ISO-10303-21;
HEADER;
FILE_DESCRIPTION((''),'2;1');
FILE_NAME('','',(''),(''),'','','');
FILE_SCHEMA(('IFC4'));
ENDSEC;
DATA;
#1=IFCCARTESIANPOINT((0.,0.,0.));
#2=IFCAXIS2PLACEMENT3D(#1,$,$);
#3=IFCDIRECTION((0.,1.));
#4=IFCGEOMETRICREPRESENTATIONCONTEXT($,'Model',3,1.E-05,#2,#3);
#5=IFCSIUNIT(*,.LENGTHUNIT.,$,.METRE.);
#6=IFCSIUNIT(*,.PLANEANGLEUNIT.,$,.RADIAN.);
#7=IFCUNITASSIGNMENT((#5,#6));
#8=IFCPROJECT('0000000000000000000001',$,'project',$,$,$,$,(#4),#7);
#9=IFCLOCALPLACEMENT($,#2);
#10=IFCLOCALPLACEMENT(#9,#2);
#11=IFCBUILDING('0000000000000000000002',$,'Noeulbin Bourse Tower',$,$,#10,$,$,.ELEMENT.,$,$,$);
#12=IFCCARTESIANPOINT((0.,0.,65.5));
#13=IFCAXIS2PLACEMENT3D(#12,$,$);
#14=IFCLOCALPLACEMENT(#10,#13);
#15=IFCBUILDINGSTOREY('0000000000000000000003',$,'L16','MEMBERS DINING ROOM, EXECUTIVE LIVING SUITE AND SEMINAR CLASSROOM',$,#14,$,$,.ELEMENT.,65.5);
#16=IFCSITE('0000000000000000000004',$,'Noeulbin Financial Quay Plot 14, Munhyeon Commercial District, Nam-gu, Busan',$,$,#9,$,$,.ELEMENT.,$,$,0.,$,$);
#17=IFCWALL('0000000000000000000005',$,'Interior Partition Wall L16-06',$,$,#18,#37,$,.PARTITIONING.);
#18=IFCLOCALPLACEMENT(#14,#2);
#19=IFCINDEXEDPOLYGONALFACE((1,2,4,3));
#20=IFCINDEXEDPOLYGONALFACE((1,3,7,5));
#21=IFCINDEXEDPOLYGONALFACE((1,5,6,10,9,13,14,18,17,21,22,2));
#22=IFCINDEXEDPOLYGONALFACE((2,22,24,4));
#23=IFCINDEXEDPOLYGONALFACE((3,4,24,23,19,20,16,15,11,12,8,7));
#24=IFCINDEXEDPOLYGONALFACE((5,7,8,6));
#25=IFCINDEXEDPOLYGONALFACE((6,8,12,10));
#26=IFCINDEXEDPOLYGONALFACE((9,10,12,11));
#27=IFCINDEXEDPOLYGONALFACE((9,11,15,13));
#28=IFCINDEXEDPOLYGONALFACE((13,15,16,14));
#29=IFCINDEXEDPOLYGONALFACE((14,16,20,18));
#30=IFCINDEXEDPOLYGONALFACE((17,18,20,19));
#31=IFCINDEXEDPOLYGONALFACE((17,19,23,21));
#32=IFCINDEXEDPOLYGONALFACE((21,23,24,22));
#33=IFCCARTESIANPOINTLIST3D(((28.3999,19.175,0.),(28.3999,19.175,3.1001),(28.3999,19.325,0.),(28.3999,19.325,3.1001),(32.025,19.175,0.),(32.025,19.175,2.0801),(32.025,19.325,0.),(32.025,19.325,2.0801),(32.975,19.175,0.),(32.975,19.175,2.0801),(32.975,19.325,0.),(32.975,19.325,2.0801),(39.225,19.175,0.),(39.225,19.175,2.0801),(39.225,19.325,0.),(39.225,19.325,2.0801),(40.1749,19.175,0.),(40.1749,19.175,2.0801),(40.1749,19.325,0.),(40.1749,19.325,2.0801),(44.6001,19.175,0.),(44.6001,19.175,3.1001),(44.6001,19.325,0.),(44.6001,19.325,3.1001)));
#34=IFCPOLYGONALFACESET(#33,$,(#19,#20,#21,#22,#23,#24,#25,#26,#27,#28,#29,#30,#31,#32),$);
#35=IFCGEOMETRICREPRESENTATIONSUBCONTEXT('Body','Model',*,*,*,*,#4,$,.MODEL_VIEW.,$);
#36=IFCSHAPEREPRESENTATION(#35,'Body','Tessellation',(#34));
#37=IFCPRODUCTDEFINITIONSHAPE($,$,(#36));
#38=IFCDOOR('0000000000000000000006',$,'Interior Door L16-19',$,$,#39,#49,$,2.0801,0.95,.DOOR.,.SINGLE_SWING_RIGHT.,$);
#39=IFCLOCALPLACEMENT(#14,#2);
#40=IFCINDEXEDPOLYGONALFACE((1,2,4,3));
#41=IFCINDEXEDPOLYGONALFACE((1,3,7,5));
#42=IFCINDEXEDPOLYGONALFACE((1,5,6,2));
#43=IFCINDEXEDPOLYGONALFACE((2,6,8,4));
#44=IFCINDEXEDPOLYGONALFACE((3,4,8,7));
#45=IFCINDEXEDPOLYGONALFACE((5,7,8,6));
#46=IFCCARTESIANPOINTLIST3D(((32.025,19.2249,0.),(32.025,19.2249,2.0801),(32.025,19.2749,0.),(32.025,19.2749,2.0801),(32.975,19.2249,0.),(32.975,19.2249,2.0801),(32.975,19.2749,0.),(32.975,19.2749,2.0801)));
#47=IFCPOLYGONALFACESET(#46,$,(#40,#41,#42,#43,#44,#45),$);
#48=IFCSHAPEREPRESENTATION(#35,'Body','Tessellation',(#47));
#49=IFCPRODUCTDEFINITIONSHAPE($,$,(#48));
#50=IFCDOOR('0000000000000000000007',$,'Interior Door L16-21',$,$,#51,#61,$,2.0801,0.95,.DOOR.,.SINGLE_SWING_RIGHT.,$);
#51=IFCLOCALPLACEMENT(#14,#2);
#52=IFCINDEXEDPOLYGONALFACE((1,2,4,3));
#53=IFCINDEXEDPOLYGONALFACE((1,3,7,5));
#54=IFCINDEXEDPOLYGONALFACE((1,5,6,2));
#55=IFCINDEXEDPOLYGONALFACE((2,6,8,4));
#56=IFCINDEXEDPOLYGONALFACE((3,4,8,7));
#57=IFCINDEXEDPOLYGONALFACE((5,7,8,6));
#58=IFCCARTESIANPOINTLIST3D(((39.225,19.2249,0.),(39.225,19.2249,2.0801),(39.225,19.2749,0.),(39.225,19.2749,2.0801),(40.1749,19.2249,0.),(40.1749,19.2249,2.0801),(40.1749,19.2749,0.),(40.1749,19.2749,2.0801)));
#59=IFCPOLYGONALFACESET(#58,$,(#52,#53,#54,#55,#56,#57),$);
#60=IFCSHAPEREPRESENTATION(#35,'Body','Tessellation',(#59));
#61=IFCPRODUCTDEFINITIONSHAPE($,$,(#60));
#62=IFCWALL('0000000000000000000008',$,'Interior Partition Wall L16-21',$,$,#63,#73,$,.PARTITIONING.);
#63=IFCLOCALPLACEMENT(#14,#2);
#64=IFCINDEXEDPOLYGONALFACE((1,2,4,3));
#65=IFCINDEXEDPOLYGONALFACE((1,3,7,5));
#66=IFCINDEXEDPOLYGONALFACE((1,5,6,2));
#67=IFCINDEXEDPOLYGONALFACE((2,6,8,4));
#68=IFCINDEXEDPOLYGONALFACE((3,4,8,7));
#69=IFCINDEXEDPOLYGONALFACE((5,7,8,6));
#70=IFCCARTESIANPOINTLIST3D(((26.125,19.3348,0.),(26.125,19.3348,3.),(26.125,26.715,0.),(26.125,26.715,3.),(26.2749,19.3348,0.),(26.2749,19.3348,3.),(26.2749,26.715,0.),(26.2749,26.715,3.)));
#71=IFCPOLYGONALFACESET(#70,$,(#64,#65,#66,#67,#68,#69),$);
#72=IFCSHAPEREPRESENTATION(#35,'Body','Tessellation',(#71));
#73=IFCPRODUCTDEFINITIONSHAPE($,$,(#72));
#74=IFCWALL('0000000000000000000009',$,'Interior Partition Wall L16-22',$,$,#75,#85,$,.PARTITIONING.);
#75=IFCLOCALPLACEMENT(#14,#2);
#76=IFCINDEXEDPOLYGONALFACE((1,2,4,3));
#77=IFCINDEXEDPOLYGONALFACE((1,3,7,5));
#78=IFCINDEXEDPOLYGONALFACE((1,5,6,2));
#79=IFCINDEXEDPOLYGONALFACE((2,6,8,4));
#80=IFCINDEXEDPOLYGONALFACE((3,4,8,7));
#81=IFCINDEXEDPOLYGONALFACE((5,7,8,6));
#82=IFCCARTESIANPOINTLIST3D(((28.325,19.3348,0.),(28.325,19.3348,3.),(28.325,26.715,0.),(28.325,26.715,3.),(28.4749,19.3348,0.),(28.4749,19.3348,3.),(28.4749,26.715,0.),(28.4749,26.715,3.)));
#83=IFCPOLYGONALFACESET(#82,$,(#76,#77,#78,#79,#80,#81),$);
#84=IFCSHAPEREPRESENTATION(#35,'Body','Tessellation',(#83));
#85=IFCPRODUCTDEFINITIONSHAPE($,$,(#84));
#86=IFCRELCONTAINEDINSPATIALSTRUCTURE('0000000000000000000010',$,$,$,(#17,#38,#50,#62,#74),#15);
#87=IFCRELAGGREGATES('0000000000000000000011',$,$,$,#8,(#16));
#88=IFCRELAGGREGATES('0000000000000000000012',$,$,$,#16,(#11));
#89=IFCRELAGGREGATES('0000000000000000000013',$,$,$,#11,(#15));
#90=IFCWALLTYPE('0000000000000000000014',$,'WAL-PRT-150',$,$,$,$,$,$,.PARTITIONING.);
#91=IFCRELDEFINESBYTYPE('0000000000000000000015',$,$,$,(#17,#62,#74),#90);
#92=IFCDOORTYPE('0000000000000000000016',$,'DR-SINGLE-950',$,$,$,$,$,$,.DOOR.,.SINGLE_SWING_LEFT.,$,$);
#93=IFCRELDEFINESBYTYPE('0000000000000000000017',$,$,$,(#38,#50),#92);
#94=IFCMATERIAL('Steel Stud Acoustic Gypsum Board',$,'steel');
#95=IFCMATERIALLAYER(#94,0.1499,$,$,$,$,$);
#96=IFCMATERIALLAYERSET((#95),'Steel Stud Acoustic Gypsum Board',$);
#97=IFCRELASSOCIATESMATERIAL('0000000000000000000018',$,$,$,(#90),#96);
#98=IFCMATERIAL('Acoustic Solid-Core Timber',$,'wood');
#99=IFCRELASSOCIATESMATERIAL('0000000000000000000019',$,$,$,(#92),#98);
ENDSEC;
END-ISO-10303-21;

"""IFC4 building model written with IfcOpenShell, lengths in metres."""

from ifc_helpers import new_model, si_unit, direction, frame, frame_2d, origin, place, context, subcontext, project, spatial, rectangle, extrude, material, layer, layer_set, type_object, element, fill, save


model = new_model("IFC4")

# Units and contexts
model_context = context("Model", 3, precision=1e-05, world=origin(), true_north=direction((0.0, 1.0)))
body_context = subcontext(model_context, "Body", "Model", "MODEL_VIEW")
ifc_project = project(units=[si_unit("LENGTHUNIT", "METRE"), si_unit("PLANEANGLEUNIT", "RADIAN")], contexts=[model_context])

# Site, building, storey
site_placement = place(None, origin())
site = spatial("IfcSite", under=ifc_project, at=site_placement, Name="Noeulbin Financial Quay Plot 14, Munhyeon Commercial District, Nam-gu, Busan", CompositionType="ELEMENT", RefElevation=0.0)
building_placement = place(site_placement, origin())
building = spatial("IfcBuilding", under=site, at=building_placement, Name="Noeulbin Bourse Tower", CompositionType="ELEMENT")
storey_placement = place(building_placement, frame((0.0, 0.0, 65.5)))
storey = spatial("IfcBuildingStorey", under=building, at=storey_placement, Name="L16", Description="MEMBERS DINING ROOM, EXECUTIVE LIVING SUITE AND SEMINAR CLASSROOM", CompositionType="ELEMENT", Elevation=65.5)

# Wall, openings, doors
ifc_material_1 = material(Name="Steel Stud Acoustic Gypsum Board", Category="steel")
ifc_layer_1 = layer(ifc_material_1, 0.1499)
ifc_layer_set_1 = layer_set([ifc_layer_1], Name="Steel Stud Acoustic Gypsum Board")
wall_type_1 = type_object("IfcWallType", Name="WAL-PRT-150", PredefinedType="PARTITIONING", material=ifc_layer_set_1)
wall_1_placement = place(storey_placement, frame((28.3999, 19.25, 0.0), z_axis=(0.0, 0.0, 1.0), x_axis=(1.0, 0.0, 0.0)))
wall_1 = element("IfcWall", 1, at=wall_1_placement, inside=storey, type_object=wall_type_1, Name="Interior Partition Wall L16-06", PredefinedType="PARTITIONING", context=body_context, shape_type="SweptSolid", body=[
    extrude(rectangle(XDim=16.2002, YDim=0.1499, at=frame_2d((8.1001, 0.0))), origin(), (0.0, 0.0, 1.0), 3.1001),
])
opening_1_placement = place(wall_1_placement, frame((3.625, 0.0, 0.0)))
opening_1 = element("IfcOpeningElement", 2, at=opening_1_placement, cuts=wall_1, PredefinedType="OPENING", context=body_context, shape_type="SweptSolid", body=[
    extrude(rectangle(XDim=0.95, YDim=2.0801, at=frame_2d((0.4751, 1.04))), frame((0.0, 0.085, 0.0), z_axis=(0.0, -1.0, 0.0), x_axis=(1.0, 0.0, 0.0)), (0.0, 0.0, 1.0), 0.1699),
])
opening_2_placement = place(wall_1_placement, frame((10.825, 0.0, 0.0)))
opening_2 = element("IfcOpeningElement", 3, at=opening_2_placement, cuts=wall_1, PredefinedType="OPENING", context=body_context, shape_type="SweptSolid", body=[
    extrude(rectangle(XDim=0.95, YDim=2.0801, at=frame_2d((0.4751, 1.04))), frame((0.0, 0.085, 0.0), z_axis=(0.0, -1.0, 0.0), x_axis=(1.0, 0.0, 0.0)), (0.0, 0.0, 1.0), 0.1699),
])
ifc_material_2 = material(Name="Acoustic Solid-Core Timber", Category="wood")
door_type = type_object("IfcDoorType", Name="DR-SINGLE-950", OperationType="SINGLE_SWING_LEFT", PredefinedType="DOOR", material=ifc_material_2)
door_1_placement = place(opening_1_placement, origin())
door_1 = element("IfcDoor", 4, at=door_1_placement, inside=storey, type_object=door_type, Name="Interior Door L16-19", OperationType="SINGLE_SWING_RIGHT", OverallHeight=2.0801, OverallWidth=0.95, PredefinedType="DOOR", context=body_context, shape_type="SweptSolid", body=[
    extrude(rectangle(XDim=0.95, YDim=2.0801, at=frame_2d((0.4751, 1.04))), frame((0.0, 0.0249, 0.0), z_axis=(0.0, -1.0, 0.0), x_axis=(1.0, 0.0, 0.0)), (0.0, 0.0, 1.0), 0.05),
])
fill(opening_1, door_1)
door_2_placement = place(opening_2_placement, origin())
door_2 = element("IfcDoor", 5, at=door_2_placement, inside=storey, type_object=door_type, Name="Interior Door L16-21", OperationType="SINGLE_SWING_RIGHT", OverallHeight=2.0801, OverallWidth=0.95, PredefinedType="DOOR", context=body_context, shape_type="SweptSolid", body=[
    extrude(rectangle(XDim=0.95, YDim=2.0801, at=frame_2d((0.4751, 1.04))), frame((0.0, 0.0249, 0.0), z_axis=(0.0, -1.0, 0.0), x_axis=(1.0, 0.0, 0.0)), (0.0, 0.0, 1.0), 0.05),
])
fill(opening_2, door_2)

# Walls
for number, where, z_axis, x_axis, name in (
    (6, (26.2, 19.335, 0.0), (0.0, 0.0, 1.0), (0.0, 1.0, 0.0), "Interior Partition Wall L16-21"),
    (7, (28.3999, 19.335, 0.0), (0.0, 0.0, 1.0), (0.0, 1.0, 0.0), "Interior Partition Wall L16-22"),
):
    element("IfcWall", number, at=place(storey_placement, frame(where, z_axis=z_axis, x_axis=x_axis)), inside=storey, type_object=wall_type_1, Name=name, PredefinedType="PARTITIONING", context=body_context, shape_type="SweptSolid", body=[
        extrude(rectangle(XDim=7.3801, YDim=0.1499, at=frame_2d((3.6899, 0.0))), origin(), (0.0, 0.0, 1.0), 3.0),
    ])

save(model, "model.ifc")
